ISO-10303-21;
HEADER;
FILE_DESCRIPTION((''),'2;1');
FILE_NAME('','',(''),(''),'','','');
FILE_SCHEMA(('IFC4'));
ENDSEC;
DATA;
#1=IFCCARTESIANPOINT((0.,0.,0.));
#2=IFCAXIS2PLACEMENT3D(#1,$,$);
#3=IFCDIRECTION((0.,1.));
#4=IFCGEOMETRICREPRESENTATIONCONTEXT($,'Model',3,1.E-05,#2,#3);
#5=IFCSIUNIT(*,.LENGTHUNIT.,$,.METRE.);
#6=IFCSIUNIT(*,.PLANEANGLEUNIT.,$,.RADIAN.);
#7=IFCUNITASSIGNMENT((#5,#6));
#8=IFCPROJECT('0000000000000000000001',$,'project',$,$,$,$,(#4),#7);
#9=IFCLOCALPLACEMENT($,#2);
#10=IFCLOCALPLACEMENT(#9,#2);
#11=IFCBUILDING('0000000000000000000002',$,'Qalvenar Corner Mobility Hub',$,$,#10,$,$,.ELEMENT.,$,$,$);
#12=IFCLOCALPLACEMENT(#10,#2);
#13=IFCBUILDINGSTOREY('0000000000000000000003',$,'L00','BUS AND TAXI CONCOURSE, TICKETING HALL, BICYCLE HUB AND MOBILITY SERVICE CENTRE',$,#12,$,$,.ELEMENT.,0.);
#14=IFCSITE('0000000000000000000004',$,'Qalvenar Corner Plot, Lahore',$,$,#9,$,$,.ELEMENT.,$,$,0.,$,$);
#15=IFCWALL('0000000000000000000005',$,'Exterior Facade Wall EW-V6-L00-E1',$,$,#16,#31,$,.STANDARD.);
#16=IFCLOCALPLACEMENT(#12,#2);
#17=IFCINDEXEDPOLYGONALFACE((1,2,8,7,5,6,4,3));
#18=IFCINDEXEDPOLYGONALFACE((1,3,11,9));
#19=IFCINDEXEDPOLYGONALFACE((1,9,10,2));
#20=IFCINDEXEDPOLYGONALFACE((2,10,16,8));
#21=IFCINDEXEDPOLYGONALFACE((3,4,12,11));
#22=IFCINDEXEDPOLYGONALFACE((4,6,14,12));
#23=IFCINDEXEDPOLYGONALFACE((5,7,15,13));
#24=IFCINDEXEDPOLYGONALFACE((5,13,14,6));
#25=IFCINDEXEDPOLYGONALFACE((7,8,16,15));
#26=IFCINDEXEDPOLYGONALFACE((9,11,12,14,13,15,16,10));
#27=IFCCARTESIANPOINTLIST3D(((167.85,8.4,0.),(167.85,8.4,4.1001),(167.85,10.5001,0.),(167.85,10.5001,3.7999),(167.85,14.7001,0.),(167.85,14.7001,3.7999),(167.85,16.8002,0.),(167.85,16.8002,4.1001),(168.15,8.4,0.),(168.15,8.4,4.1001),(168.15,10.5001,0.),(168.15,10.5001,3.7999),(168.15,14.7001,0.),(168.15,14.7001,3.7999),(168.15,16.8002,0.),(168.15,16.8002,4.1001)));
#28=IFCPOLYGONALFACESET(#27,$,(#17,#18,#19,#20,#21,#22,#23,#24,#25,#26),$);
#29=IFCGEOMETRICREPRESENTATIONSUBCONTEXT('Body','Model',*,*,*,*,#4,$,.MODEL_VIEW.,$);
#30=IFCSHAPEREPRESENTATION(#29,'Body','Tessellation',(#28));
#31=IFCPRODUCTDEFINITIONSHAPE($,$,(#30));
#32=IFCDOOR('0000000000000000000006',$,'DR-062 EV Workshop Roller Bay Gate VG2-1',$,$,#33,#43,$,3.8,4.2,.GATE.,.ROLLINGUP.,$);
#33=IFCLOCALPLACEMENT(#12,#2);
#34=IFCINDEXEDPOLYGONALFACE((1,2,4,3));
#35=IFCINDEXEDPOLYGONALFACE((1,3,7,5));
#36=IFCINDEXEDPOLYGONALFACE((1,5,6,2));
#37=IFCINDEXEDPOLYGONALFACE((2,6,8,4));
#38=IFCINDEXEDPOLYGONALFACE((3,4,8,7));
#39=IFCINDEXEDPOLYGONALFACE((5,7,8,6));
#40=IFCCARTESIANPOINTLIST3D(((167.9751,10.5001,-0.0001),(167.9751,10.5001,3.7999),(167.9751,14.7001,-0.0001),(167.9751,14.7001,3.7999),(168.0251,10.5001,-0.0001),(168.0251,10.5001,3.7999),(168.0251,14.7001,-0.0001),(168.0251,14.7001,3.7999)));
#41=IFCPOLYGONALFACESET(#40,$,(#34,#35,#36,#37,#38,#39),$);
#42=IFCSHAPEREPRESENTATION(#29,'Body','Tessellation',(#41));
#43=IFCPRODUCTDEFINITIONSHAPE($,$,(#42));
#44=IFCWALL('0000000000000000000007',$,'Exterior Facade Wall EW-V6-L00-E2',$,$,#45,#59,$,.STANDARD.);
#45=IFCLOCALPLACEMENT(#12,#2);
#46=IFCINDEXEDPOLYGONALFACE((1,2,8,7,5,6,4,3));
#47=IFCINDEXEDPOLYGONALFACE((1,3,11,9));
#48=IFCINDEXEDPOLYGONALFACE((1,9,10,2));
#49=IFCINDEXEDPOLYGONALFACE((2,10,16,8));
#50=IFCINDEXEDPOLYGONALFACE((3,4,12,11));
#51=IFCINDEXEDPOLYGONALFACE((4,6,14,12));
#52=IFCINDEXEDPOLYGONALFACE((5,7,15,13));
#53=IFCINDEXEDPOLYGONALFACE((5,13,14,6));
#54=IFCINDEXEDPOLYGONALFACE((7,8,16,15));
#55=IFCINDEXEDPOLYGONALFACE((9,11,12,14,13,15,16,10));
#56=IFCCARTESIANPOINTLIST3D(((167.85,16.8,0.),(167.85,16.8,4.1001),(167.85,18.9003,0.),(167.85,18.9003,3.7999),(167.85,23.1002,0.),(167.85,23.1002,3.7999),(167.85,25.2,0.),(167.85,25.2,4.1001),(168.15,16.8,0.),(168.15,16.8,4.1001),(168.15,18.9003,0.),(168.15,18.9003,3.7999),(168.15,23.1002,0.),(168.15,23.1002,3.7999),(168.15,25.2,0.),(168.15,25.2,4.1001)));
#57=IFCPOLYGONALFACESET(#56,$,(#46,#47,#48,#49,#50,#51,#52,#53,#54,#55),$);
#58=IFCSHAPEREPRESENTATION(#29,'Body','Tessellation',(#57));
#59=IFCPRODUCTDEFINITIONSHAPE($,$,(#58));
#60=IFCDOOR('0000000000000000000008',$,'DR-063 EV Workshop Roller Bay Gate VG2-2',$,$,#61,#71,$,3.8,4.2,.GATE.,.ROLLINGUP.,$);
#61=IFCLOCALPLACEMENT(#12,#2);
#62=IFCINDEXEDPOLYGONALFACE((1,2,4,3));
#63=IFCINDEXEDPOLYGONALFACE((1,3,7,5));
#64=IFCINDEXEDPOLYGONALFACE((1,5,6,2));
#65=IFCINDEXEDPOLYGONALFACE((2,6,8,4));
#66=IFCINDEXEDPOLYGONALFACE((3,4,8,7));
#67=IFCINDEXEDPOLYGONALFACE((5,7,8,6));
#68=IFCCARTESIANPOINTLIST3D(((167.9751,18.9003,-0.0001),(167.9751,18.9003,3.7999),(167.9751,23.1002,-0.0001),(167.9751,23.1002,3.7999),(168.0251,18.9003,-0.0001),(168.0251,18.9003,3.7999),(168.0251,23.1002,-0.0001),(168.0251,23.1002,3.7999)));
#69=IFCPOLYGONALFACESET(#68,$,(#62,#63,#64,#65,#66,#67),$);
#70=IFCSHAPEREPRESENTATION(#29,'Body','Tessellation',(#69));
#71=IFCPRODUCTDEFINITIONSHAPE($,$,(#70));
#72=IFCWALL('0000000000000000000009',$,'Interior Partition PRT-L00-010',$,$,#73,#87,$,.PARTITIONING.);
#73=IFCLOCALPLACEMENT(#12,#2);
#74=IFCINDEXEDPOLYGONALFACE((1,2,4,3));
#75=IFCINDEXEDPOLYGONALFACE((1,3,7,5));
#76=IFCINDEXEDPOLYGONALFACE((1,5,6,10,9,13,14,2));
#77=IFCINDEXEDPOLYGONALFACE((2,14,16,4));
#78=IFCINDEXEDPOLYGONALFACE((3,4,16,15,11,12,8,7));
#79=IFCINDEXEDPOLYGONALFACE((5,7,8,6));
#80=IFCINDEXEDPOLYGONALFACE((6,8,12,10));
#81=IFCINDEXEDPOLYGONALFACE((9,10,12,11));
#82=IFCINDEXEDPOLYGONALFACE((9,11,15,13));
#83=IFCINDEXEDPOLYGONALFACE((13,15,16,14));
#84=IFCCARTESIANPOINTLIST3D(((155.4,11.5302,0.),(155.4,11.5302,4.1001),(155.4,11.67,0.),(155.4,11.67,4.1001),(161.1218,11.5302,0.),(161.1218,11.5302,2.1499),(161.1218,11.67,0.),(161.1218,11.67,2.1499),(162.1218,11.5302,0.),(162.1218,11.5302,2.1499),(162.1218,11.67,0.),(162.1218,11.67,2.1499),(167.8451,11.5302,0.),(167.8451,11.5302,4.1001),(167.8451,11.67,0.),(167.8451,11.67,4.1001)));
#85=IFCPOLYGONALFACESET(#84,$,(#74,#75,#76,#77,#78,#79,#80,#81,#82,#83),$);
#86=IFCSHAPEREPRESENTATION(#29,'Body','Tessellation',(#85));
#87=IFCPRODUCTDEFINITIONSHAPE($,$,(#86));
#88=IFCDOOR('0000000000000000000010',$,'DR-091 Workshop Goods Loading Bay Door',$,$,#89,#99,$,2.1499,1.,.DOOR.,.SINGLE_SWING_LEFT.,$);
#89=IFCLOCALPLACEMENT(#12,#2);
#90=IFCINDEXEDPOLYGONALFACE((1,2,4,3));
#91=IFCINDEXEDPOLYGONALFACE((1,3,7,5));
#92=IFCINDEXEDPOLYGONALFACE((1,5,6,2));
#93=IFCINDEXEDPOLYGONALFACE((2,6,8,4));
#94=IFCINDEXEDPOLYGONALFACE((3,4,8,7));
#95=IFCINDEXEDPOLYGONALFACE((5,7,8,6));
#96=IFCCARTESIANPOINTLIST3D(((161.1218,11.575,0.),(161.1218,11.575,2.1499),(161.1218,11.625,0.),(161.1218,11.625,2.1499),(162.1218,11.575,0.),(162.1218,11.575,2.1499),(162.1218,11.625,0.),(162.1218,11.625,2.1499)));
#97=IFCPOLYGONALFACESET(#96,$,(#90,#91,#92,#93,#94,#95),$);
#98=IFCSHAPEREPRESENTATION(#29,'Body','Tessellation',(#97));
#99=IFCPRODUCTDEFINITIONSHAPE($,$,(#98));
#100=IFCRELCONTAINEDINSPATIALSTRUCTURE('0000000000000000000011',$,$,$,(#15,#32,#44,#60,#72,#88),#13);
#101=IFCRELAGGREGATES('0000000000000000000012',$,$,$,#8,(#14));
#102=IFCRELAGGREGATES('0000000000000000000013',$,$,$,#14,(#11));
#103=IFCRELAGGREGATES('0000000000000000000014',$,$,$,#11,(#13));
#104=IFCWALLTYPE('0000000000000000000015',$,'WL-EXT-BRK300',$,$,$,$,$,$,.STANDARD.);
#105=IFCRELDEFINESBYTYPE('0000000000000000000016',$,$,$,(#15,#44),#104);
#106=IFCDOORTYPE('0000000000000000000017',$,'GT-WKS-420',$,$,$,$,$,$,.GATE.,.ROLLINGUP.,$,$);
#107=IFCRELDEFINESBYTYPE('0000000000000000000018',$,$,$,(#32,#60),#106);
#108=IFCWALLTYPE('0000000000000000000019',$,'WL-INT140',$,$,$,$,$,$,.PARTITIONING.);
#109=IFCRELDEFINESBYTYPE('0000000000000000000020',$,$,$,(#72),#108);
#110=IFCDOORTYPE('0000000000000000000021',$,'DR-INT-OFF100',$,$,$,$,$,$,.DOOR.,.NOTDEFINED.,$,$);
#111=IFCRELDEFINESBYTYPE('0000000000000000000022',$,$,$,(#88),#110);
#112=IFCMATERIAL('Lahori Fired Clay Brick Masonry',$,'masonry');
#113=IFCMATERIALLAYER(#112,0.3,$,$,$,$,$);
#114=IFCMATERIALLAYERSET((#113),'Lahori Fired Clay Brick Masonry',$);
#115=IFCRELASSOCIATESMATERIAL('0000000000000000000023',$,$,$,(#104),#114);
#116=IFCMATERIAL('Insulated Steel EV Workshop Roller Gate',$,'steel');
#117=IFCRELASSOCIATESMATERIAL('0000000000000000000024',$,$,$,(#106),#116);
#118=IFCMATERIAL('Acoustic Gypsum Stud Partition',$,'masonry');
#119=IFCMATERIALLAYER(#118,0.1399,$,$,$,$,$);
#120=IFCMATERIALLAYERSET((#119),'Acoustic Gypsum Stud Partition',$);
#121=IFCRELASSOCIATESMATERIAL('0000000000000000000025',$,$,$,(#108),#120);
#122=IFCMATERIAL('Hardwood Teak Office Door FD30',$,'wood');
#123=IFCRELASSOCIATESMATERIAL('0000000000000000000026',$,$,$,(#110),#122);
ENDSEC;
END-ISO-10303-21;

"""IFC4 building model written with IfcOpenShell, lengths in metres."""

from ifc_helpers import new_model, si_unit, direction, frame, frame_2d, origin, place, context, subcontext, project, spatial, rectangle, extrude, material, layer, layer_set, type_object, element, fill, save


model = new_model("IFC4")

# Units and contexts
model_context = context("Model", 3, precision=1e-05, world=origin(), true_north=direction((0.0, 1.0)))
body_context = subcontext(model_context, "Body", "Model", "MODEL_VIEW")
ifc_project = project(units=[si_unit("LENGTHUNIT", "METRE"), si_unit("PLANEANGLEUNIT", "RADIAN")], contexts=[model_context])

# Site, building, storey
site_placement = place(None, origin())
site = spatial("IfcSite", under=ifc_project, at=site_placement, Name="Qalvenar Corner Plot, Lahore", CompositionType="ELEMENT", RefElevation=0.0)
building_placement = place(site_placement, origin())
building = spatial("IfcBuilding", under=site, at=building_placement, Name="Qalvenar Corner Mobility Hub", CompositionType="ELEMENT")
storey_placement = place(building_placement, origin())
storey = spatial("IfcBuildingStorey", under=building, at=storey_placement, Name="L00", Description="BUS AND TAXI CONCOURSE, TICKETING HALL, BICYCLE HUB AND MOBILITY SERVICE CENTRE", CompositionType="ELEMENT", Elevation=0.0)

# Walls, openings, doors
ifc_material_1 = material(Name="Lahori Fired Clay Brick Masonry", Category="masonry")
ifc_layer_1 = layer(ifc_material_1, 0.3)
ifc_layer_set_1 = layer_set([ifc_layer_1], Name="Lahori Fired Clay Brick Masonry")
wall_type_1 = type_object("IfcWallType", Name="WL-EXT-BRK300", PredefinedType="STANDARD", material=ifc_layer_set_1)
wall_1_placement = place(storey_placement, frame((168.0, 8.3999, 0.0), z_axis=(0.0, 0.0, 1.0), x_axis=(0.0, 1.0, 0.0)))
wall_1 = element("IfcWall", 1, at=wall_1_placement, inside=storey, type_object=wall_type_1, Name="Exterior Facade Wall EW-V6-L00-E1", PredefinedType="STANDARD", context=body_context, shape_type="SweptSolid", body=[
    extrude(rectangle(XDim=8.4001, YDim=0.3, at=frame_2d((4.2002, 0.0))), origin(), (0.0, 0.0, 1.0), 4.1001),
])
opening_1_placement = place(wall_1_placement, frame((2.1001, 0.0, 0.0)))
opening_1 = element("IfcOpeningElement", 2, at=opening_1_placement, cuts=wall_1, PredefinedType="OPENING", context=body_context, shape_type="SweptSolid", body=[
    extrude(rectangle(XDim=4.2, YDim=3.8, at=frame_2d((2.1001, 1.8999))), frame((0.0, 0.1602, 0.0), z_axis=(0.0, -1.0, 0.0), x_axis=(1.0, 0.0, 0.0)), (0.0, 0.0, 1.0), 0.3201),
])
ifc_material_2 = material(Name="Insulated Steel EV Workshop Roller Gate", Category="steel")
door_type_1 = type_object("IfcDoorType", Name="GT-WKS-420", OperationType="ROLLINGUP", PredefinedType="GATE", material=ifc_material_2)
door_1_placement = place(opening_1_placement, origin())
door_1 = element("IfcDoor", 3, at=door_1_placement, inside=storey, type_object=door_type_1, Name="DR-062 EV Workshop Roller Bay Gate VG2-1", OperationType="ROLLINGUP", OverallHeight=3.8, OverallWidth=4.2, PredefinedType="GATE", context=body_context, shape_type="SweptSolid", body=[
    extrude(rectangle(XDim=4.2, YDim=3.8, at=frame_2d((2.1001, 1.8999))), frame((0.0, 0.0249, 0.0), z_axis=(0.0, -1.0, 0.0), x_axis=(1.0, 0.0, 0.0)), (0.0, 0.0, 1.0), 0.05),
])
fill(opening_1, door_1)
wall_2_placement = place(storey_placement, frame((168.0, 16.8, 0.0), z_axis=(0.0, 0.0, 1.0), x_axis=(0.0, 1.0, 0.0)))
wall_2 = element("IfcWall", 4, at=wall_2_placement, inside=storey, type_object=wall_type_1, Name="Exterior Facade Wall EW-V6-L00-E2", PredefinedType="STANDARD", context=body_context, shape_type="SweptSolid", body=[
    extrude(rectangle(XDim=8.3999, YDim=0.3, at=frame_2d((4.2, 0.0))), origin(), (0.0, 0.0, 1.0), 4.1001),
])
opening_2_placement = place(wall_2_placement, frame((2.1001, 0.0, 0.0)))
opening_2 = element("IfcOpeningElement", 5, at=opening_2_placement, cuts=wall_2, PredefinedType="OPENING", context=body_context, shape_type="SweptSolid", body=[
    extrude(rectangle(XDim=4.2, YDim=3.8, at=frame_2d((2.1001, 1.8999))), frame((0.0, 0.1602, 0.0), z_axis=(0.0, -1.0, 0.0), x_axis=(1.0, 0.0, 0.0)), (0.0, 0.0, 1.0), 0.3201),
])
door_2_placement = place(opening_2_placement, origin())
door_2 = element("IfcDoor", 6, at=door_2_placement, inside=storey, type_object=door_type_1, Name="DR-063 EV Workshop Roller Bay Gate VG2-2", OperationType="ROLLINGUP", OverallHeight=3.8, OverallWidth=4.2, PredefinedType="GATE", context=body_context, shape_type="SweptSolid", body=[
    extrude(rectangle(XDim=4.2, YDim=3.8, at=frame_2d((2.1001, 1.8999))), frame((0.0, 0.0249, 0.0), z_axis=(0.0, -1.0, 0.0), x_axis=(1.0, 0.0, 0.0)), (0.0, 0.0, 1.0), 0.05),
])
fill(opening_2, door_2)
ifc_material_3 = material(Name="Acoustic Gypsum Stud Partition", Category="masonry")
ifc_layer_2 = layer(ifc_material_3, 0.1399)
ifc_layer_set_2 = layer_set([ifc_layer_2], Name="Acoustic Gypsum Stud Partition")
wall_type_2 = type_object("IfcWallType", Name="WL-INT140", PredefinedType="PARTITIONING", material=ifc_layer_set_2)
wall_3_placement = place(storey_placement, frame((155.3999, 11.6001, 0.0), z_axis=(0.0, 0.0, 1.0), x_axis=(1.0, 0.0, 0.0)))
wall_3 = element("IfcWall", 7, at=wall_3_placement, inside=storey, type_object=wall_type_2, Name="Interior Partition PRT-L00-010", PredefinedType="PARTITIONING", context=body_context, shape_type="SweptSolid", body=[
    extrude(rectangle(XDim=12.4451, YDim=0.1399, at=frame_2d((6.2227, 0.0))), origin(), (0.0, 0.0, 1.0), 4.1001),
])
opening_3_placement = place(wall_3_placement, frame((5.7219, 0.0, 0.0)))
opening_3 = element("IfcOpeningElement", 8, at=opening_3_placement, cuts=wall_3, PredefinedType="OPENING", context=body_context, shape_type="SweptSolid", body=[
    extrude(rectangle(XDim=1.0, YDim=2.1499, at=frame_2d((0.5, 1.075))), frame((0.0, 0.0801, 0.0), z_axis=(0.0, -1.0, 0.0), x_axis=(1.0, 0.0, 0.0)), (0.0, 0.0, 1.0), 0.1599),
])
ifc_material_4 = material(Name="Hardwood Teak Office Door FD30", Category="wood")
door_type_2 = type_object("IfcDoorType", Name="DR-INT-OFF100", OperationType="NOTDEFINED", PredefinedType="DOOR", material=ifc_material_4)
door_3_placement = place(opening_3_placement, origin())
door_3 = element("IfcDoor", 9, at=door_3_placement, inside=storey, type_object=door_type_2, Name="DR-091 Workshop Goods Loading Bay Door", OperationType="SINGLE_SWING_LEFT", OverallHeight=2.1499, OverallWidth=1.0, PredefinedType="DOOR", context=body_context, shape_type="SweptSolid", body=[
    extrude(rectangle(XDim=1.0, YDim=2.1499, at=frame_2d((0.5, 1.075))), frame((0.0, 0.0249, 0.0), z_axis=(0.0, -1.0, 0.0), x_axis=(1.0, 0.0, 0.0)), (0.0, 0.0, 1.0), 0.05),
])
fill(opening_3, door_3)

save(model, "model.ifc")
